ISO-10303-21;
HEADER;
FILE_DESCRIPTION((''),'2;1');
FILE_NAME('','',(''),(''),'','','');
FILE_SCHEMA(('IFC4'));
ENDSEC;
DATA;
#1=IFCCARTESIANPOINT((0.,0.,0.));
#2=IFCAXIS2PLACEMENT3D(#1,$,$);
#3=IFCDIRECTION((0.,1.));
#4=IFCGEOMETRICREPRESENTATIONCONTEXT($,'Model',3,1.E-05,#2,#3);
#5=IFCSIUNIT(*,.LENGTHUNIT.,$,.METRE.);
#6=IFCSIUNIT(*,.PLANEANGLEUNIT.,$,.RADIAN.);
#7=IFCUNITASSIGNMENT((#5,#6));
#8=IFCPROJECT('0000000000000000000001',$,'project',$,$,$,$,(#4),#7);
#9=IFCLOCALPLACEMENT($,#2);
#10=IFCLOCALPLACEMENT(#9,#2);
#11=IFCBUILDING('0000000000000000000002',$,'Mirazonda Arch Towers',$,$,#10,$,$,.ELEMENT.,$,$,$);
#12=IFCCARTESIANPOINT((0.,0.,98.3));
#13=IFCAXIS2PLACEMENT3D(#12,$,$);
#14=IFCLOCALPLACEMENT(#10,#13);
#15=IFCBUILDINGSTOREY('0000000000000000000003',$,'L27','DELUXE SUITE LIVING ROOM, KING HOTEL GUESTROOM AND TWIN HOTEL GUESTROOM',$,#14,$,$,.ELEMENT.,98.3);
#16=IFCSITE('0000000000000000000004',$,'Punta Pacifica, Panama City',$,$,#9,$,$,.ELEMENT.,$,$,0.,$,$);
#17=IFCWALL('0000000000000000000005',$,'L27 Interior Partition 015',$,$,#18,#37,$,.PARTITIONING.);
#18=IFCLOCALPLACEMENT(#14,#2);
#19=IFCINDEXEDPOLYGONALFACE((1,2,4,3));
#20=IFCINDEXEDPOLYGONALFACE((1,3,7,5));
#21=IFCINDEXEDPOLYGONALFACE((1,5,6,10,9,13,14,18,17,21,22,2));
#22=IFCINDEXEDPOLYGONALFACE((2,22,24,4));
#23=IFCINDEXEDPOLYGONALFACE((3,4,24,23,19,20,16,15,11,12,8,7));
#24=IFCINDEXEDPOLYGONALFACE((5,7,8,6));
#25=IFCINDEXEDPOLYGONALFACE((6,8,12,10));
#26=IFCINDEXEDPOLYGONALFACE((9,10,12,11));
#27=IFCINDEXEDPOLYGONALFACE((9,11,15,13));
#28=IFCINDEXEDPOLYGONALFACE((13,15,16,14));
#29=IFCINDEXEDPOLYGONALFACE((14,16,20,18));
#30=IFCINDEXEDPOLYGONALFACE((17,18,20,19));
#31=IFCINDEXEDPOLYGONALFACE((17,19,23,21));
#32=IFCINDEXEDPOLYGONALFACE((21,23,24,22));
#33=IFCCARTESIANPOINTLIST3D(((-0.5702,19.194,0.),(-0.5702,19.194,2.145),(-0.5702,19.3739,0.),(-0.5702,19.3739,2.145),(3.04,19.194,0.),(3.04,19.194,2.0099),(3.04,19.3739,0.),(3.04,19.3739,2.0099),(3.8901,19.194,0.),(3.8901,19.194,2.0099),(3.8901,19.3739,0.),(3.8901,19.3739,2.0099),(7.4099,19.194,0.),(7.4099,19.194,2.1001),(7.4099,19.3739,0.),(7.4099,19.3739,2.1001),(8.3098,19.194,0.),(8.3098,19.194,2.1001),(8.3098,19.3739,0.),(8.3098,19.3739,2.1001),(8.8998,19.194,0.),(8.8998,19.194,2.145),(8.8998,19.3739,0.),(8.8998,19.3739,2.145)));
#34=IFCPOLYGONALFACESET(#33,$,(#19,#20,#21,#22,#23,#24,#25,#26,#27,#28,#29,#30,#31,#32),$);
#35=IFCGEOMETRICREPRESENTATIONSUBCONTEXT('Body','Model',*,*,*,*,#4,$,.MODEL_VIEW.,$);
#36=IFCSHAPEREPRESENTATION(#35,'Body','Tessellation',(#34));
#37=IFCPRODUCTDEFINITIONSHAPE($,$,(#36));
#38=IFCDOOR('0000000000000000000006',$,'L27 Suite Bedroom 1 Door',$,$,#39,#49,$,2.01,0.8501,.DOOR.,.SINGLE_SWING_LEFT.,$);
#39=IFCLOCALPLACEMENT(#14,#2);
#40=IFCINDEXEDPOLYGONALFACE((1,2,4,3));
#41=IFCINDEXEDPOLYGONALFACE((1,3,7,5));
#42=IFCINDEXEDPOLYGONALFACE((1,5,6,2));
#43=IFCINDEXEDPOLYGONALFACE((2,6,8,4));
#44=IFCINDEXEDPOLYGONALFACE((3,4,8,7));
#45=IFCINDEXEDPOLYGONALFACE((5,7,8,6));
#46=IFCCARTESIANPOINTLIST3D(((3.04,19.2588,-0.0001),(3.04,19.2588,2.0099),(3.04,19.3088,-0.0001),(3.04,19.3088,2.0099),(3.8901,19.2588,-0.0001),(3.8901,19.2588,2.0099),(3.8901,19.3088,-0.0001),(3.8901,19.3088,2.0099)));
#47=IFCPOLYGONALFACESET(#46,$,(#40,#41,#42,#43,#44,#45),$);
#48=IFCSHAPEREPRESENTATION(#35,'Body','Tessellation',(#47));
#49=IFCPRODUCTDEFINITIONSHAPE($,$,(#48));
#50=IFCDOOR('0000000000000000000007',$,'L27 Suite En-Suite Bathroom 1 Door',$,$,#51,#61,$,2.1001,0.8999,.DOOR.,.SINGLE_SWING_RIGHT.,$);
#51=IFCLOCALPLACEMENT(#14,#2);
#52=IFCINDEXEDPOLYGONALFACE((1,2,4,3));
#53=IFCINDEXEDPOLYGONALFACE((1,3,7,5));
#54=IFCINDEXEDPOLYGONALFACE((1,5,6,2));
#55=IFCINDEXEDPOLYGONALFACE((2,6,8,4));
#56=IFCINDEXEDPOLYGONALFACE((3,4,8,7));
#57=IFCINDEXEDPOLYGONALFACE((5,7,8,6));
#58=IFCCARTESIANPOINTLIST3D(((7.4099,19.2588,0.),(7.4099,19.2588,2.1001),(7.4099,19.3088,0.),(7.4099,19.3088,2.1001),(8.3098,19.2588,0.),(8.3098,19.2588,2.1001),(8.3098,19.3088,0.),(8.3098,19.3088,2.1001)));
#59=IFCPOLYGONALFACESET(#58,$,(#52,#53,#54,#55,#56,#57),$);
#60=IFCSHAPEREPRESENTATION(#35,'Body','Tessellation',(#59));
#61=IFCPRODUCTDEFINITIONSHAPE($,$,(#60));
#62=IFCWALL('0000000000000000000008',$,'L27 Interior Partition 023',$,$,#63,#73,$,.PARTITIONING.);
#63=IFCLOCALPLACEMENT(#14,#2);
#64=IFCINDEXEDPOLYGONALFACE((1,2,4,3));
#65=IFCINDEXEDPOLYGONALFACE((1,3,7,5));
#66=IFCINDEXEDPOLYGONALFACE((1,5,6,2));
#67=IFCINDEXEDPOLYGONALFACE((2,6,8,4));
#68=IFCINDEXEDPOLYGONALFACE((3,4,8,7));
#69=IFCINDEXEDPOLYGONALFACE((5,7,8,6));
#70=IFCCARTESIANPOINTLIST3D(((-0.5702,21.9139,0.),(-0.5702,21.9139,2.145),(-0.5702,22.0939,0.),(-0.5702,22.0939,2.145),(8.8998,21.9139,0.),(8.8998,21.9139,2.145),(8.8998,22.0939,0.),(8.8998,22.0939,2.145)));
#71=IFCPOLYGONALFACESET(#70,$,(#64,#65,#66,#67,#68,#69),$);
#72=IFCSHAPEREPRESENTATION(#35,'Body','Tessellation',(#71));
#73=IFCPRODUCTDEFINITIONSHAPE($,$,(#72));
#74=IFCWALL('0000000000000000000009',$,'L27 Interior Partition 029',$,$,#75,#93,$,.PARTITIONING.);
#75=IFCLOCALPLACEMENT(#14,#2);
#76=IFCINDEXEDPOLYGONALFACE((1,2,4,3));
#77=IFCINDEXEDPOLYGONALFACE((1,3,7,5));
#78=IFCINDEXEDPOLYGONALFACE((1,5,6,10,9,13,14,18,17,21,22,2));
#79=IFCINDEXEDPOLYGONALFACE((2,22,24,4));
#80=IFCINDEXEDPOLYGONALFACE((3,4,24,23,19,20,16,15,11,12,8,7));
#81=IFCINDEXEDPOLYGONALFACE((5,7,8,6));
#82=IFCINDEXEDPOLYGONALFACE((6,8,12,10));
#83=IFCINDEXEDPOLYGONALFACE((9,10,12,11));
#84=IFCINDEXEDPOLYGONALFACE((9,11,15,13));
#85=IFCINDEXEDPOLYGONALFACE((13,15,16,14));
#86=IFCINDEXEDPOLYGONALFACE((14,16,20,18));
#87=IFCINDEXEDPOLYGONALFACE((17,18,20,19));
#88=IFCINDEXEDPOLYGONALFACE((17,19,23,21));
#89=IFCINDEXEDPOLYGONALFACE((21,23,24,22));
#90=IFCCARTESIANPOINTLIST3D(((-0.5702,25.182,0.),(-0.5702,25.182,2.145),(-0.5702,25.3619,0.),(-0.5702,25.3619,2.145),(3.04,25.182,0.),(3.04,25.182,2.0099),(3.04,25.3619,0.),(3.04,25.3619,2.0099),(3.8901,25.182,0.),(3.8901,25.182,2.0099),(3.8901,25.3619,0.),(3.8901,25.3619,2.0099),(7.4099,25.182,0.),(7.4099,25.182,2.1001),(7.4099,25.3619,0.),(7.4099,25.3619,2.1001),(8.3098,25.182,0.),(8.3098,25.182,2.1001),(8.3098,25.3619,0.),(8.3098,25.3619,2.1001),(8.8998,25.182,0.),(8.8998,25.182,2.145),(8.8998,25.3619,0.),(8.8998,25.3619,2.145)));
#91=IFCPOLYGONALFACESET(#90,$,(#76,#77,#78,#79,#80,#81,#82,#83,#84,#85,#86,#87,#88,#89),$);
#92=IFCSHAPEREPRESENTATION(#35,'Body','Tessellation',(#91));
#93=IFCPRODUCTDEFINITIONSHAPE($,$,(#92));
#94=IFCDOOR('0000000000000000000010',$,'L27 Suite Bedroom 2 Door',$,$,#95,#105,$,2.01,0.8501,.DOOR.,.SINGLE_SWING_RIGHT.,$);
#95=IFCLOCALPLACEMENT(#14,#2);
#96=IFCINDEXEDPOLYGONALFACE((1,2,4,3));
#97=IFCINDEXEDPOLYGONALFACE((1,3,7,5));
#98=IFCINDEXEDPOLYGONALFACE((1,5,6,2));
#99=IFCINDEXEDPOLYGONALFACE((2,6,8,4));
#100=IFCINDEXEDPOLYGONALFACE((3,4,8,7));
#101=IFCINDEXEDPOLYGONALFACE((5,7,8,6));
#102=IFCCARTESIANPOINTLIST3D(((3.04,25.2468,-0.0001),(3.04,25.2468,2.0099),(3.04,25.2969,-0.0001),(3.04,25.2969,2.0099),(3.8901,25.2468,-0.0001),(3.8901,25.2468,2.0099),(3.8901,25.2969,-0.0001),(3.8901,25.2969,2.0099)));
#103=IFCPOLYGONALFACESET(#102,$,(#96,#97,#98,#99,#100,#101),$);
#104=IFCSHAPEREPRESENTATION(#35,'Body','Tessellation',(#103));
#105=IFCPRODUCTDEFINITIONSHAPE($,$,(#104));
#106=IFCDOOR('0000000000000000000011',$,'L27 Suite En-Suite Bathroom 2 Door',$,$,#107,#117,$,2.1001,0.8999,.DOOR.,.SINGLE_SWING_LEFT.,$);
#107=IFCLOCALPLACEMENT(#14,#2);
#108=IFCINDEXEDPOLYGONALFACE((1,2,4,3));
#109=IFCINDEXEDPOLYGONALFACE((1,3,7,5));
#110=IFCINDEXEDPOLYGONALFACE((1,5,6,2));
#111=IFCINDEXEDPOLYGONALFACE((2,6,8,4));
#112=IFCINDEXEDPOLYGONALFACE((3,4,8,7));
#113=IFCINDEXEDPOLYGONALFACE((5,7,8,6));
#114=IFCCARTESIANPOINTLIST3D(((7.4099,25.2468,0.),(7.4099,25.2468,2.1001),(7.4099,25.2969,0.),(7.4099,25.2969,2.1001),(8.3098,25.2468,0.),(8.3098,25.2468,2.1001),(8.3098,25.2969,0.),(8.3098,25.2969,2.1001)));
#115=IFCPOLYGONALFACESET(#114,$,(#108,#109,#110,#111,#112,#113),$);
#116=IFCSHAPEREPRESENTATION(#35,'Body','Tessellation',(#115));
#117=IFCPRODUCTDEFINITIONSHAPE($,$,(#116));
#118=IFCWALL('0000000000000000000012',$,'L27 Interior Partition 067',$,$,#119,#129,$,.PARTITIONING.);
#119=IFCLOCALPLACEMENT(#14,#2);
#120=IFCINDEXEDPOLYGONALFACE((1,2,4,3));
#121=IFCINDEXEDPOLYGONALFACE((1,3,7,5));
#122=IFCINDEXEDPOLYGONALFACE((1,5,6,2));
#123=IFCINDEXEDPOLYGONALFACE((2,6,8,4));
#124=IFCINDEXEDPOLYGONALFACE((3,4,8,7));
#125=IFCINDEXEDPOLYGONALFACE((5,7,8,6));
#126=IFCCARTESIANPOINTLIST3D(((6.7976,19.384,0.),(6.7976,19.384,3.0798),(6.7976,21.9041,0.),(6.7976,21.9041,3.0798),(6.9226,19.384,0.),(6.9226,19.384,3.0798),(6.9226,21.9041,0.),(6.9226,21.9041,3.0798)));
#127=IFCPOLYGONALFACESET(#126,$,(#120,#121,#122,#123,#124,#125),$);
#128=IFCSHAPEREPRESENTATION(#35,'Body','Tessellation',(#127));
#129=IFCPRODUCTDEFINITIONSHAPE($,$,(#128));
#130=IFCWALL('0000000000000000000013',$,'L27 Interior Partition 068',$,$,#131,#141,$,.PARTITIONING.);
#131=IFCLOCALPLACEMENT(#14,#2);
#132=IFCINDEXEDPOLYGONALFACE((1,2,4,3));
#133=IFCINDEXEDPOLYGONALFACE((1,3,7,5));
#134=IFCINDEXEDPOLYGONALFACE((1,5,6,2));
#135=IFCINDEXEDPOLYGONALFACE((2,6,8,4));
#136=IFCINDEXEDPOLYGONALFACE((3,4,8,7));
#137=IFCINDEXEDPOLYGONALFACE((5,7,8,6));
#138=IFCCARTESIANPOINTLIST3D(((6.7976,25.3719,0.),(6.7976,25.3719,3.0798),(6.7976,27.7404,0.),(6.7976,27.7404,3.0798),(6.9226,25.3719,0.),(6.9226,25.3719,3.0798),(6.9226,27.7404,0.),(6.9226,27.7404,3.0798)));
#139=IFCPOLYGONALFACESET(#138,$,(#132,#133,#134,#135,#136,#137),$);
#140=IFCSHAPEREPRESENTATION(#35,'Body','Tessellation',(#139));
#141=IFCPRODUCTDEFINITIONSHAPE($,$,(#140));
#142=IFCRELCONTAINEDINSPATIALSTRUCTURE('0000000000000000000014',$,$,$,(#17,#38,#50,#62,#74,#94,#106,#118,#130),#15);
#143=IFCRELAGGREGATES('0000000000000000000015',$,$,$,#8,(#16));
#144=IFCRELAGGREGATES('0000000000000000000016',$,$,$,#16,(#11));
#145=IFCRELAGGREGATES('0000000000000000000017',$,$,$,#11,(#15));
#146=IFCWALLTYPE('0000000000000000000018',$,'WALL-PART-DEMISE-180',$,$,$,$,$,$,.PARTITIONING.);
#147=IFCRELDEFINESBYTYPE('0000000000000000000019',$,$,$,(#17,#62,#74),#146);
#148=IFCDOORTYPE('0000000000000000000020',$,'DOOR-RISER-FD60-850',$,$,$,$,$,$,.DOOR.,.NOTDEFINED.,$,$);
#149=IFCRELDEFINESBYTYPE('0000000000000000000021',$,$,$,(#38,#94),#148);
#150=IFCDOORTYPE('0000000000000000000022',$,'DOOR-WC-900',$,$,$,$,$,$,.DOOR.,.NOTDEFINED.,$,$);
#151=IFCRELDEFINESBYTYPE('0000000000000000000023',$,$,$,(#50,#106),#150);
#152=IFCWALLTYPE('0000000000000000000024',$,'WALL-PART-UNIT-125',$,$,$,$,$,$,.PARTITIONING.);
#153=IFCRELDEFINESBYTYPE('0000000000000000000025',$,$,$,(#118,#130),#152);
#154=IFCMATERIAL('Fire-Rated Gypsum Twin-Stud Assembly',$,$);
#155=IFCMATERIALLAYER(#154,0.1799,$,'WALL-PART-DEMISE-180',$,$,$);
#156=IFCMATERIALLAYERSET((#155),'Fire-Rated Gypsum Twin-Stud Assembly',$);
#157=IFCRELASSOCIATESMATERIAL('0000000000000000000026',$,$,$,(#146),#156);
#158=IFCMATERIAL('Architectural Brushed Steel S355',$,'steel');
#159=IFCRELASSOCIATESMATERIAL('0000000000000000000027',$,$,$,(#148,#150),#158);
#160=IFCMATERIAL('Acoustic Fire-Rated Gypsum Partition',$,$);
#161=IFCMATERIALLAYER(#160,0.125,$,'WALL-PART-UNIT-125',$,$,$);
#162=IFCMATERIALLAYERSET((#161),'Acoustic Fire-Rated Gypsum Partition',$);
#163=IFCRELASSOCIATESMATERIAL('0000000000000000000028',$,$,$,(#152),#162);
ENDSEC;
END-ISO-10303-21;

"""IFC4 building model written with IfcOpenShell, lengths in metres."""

from ifc_helpers import new_model, si_unit, direction, frame, frame_2d, origin, place, context, subcontext, project, spatial, rectangle, extrude, material, layer, layer_set, type_object, element, fill, save


model = new_model("IFC4")

# Units and contexts
model_context = context("Model", 3, precision=1e-05, world=origin(), true_north=direction((0.0, 1.0)))
body_context = subcontext(model_context, "Body", "Model", "MODEL_VIEW")
ifc_project = project(units=[si_unit("LENGTHUNIT", "METRE"), si_unit("PLANEANGLEUNIT", "RADIAN")], contexts=[model_context])

# Site, building, storey
site_placement = place(None, origin())
site = spatial("IfcSite", under=ifc_project, at=site_placement, Name="Punta Pacifica, Panama City", CompositionType="ELEMENT", RefElevation=0.0)
building_placement = place(site_placement, origin())
building = spatial("IfcBuilding", under=site, at=building_placement, Name="Mirazonda Arch Towers", CompositionType="ELEMENT")
storey_placement = place(building_placement, frame((0.0, 0.0, 98.3)))
storey = spatial("IfcBuildingStorey", under=building, at=storey_placement, Name="L27", Description="DELUXE SUITE LIVING ROOM, KING HOTEL GUESTROOM AND TWIN HOTEL GUESTROOM", CompositionType="ELEMENT", Elevation=98.3)

# Wall, openings, doors
ifc_material_1 = material(Name="Fire-Rated Gypsum Twin-Stud Assembly")
ifc_layer_1 = layer(ifc_material_1, 0.1799, Name="WALL-PART-DEMISE-180")
ifc_layer_set_1 = layer_set([ifc_layer_1], Name="Fire-Rated Gypsum Twin-Stud Assembly")
wall_type_1 = type_object("IfcWallType", Name="WALL-PART-DEMISE-180", PredefinedType="PARTITIONING", material=ifc_layer_set_1)
wall_1_placement = place(storey_placement, frame((-0.5701, 19.2839, 0.0), z_axis=(0.0, 0.0, 1.0), x_axis=(1.0, 0.0, 0.0)))
wall_1 = element("IfcWall", 1, at=wall_1_placement, inside=storey, type_object=wall_type_1, Name="L27 Interior Partition 015", PredefinedType="PARTITIONING", context=body_context, shape_type="SweptSolid", body=[
    extrude(rectangle(XDim=9.47, YDim=0.1799, at=frame_2d((4.7349, 0.0))), origin(), (0.0, 0.0, 1.0), 2.145),
])
opening_1_placement = place(wall_1_placement, frame((3.6101, 0.0, 0.0)))
opening_1 = element("IfcOpeningElement", 2, at=opening_1_placement, cuts=wall_1, PredefinedType="OPENING", context=body_context, shape_type="SweptSolid", body=[
    extrude(rectangle(XDim=0.8501, YDim=2.01, at=frame_2d((0.425, 1.0049))), frame((0.0, 0.0999, 0.0), z_axis=(0.0, -1.0, 0.0), x_axis=(1.0, 0.0, 0.0)), (0.0, 0.0, 1.0), 0.2),
])
opening_2_placement = place(wall_1_placement, frame((7.98, 0.0, 0.0)))
opening_2 = element("IfcOpeningElement", 3, at=opening_2_placement, cuts=wall_1, PredefinedType="OPENING", context=body_context, shape_type="SweptSolid", body=[
    extrude(rectangle(XDim=0.8999, YDim=2.1001, at=frame_2d((0.45, 1.05))), frame((0.0, 0.0999, 0.0), z_axis=(0.0, -1.0, 0.0), x_axis=(1.0, 0.0, 0.0)), (0.0, 0.0, 1.0), 0.2),
])
ifc_material_2 = material(Name="Architectural Brushed Steel S355", Category="steel")
door_type_1 = type_object("IfcDoorType", Name="DOOR-RISER-FD60-850", OperationType="NOTDEFINED", PredefinedType="DOOR", material=ifc_material_2)
door_1_placement = place(opening_1_placement, origin())
door_1 = element("IfcDoor", 4, at=door_1_placement, inside=storey, type_object=door_type_1, Name="L27 Suite Bedroom 1 Door", OperationType="SINGLE_SWING_LEFT", OverallHeight=2.01, OverallWidth=0.8501, PredefinedType="DOOR", context=body_context, shape_type="SweptSolid", body=[
    extrude(rectangle(XDim=0.8501, YDim=2.01, at=frame_2d((0.425, 1.0049))), frame((0.0, 0.0249, 0.0), z_axis=(0.0, -1.0, 0.0), x_axis=(1.0, 0.0, 0.0)), (0.0, 0.0, 1.0), 0.05),
])
fill(opening_1, door_1)
door_type_2 = type_object("IfcDoorType", Name="DOOR-WC-900", OperationType="NOTDEFINED", PredefinedType="DOOR", material=ifc_material_2)
door_2_placement = place(opening_2_placement, origin())
door_2 = element("IfcDoor", 5, at=door_2_placement, inside=storey, type_object=door_type_2, Name="L27 Suite En-Suite Bathroom 1 Door", OperationType="SINGLE_SWING_RIGHT", OverallHeight=2.1001, OverallWidth=0.8999, PredefinedType="DOOR", context=body_context, shape_type="SweptSolid", body=[
    extrude(rectangle(XDim=0.8999, YDim=2.1001, at=frame_2d((0.45, 1.05))), frame((0.0, 0.0249, 0.0), z_axis=(0.0, -1.0, 0.0), x_axis=(1.0, 0.0, 0.0)), (0.0, 0.0, 1.0), 0.05),
])
fill(opening_2, door_2)

# Wall
wall_2_placement = place(storey_placement, frame((-0.5701, 22.0039, 0.0), z_axis=(0.0, 0.0, 1.0), x_axis=(1.0, 0.0, 0.0)))
element("IfcWall", 6, at=wall_2_placement, inside=storey, type_object=wall_type_1, Name="L27 Interior Partition 023", PredefinedType="PARTITIONING", context=body_context, shape_type="SweptSolid", body=[
    extrude(rectangle(XDim=9.47, YDim=0.1799, at=frame_2d((4.7349, 0.0))), origin(), (0.0, 0.0, 1.0), 2.145),
])

# Wall, openings, doors
wall_3_placement = place(storey_placement, frame((-0.5701, 25.272, 0.0), z_axis=(0.0, 0.0, 1.0), x_axis=(1.0, 0.0, 0.0)))
wall_3 = element("IfcWall", 7, at=wall_3_placement, inside=storey, type_object=wall_type_1, Name="L27 Interior Partition 029", PredefinedType="PARTITIONING", context=body_context, shape_type="SweptSolid", body=[
    extrude(rectangle(XDim=9.47, YDim=0.1799, at=frame_2d((4.7349, 0.0))), origin(), (0.0, 0.0, 1.0), 2.145),
])
opening_3_placement = place(wall_3_placement, frame((3.6101, 0.0, 0.0)))
opening_3 = element("IfcOpeningElement", 8, at=opening_3_placement, cuts=wall_3, PredefinedType="OPENING", context=body_context, shape_type="SweptSolid", body=[
    extrude(rectangle(XDim=0.8501, YDim=2.01, at=frame_2d((0.425, 1.0049))), frame((0.0, 0.0999, 0.0), z_axis=(0.0, -1.0, 0.0), x_axis=(1.0, 0.0, 0.0)), (0.0, 0.0, 1.0), 0.2),
])
opening_4_placement = place(wall_3_placement, frame((7.98, 0.0, 0.0)))
opening_4 = element("IfcOpeningElement", 9, at=opening_4_placement, cuts=wall_3, PredefinedType="OPENING", context=body_context, shape_type="SweptSolid", body=[
    extrude(rectangle(XDim=0.8999, YDim=2.1001, at=frame_2d((0.45, 1.05))), frame((0.0, 0.0999, 0.0), z_axis=(0.0, -1.0, 0.0), x_axis=(1.0, 0.0, 0.0)), (0.0, 0.0, 1.0), 0.2),
])
door_3_placement = place(opening_3_placement, origin())
door_3 = element("IfcDoor", 10, at=door_3_placement, inside=storey, type_object=door_type_1, Name="L27 Suite Bedroom 2 Door", OperationType="SINGLE_SWING_RIGHT", OverallHeight=2.01, OverallWidth=0.8501, PredefinedType="DOOR", context=body_context, shape_type="SweptSolid", body=[
    extrude(rectangle(XDim=0.8501, YDim=2.01, at=frame_2d((0.425, 1.0049))), frame((0.0, 0.0249, 0.0), z_axis=(0.0, -1.0, 0.0), x_axis=(1.0, 0.0, 0.0)), (0.0, 0.0, 1.0), 0.05),
])
fill(opening_3, door_3)
door_4_placement = place(opening_4_placement, origin())
door_4 = element("IfcDoor", 11, at=door_4_placement, inside=storey, type_object=door_type_2, Name="L27 Suite En-Suite Bathroom 2 Door", OperationType="SINGLE_SWING_LEFT", OverallHeight=2.1001, OverallWidth=0.8999, PredefinedType="DOOR", context=body_context, shape_type="SweptSolid", body=[
    extrude(rectangle(XDim=0.8999, YDim=2.1001, at=frame_2d((0.45, 1.05))), frame((0.0, 0.0249, 0.0), z_axis=(0.0, -1.0, 0.0), x_axis=(1.0, 0.0, 0.0)), (0.0, 0.0, 1.0), 0.05),
])
fill(opening_4, door_4)

# Walls
ifc_material_3 = material(Name="Acoustic Fire-Rated Gypsum Partition")
ifc_layer_2 = layer(ifc_material_3, 0.125, Name="WALL-PART-UNIT-125")
ifc_layer_set_2 = layer_set([ifc_layer_2], Name="Acoustic Fire-Rated Gypsum Partition")
wall_type_2 = type_object("IfcWallType", Name="WALL-PART-UNIT-125", PredefinedType="PARTITIONING", material=ifc_layer_set_2)
wall_4_placement = place(storey_placement, frame((6.8601, 19.384, 0.0), z_axis=(0.0, 0.0, 1.0), x_axis=(0.0, 1.0, 0.0)))
element("IfcWall", 12, at=wall_4_placement, inside=storey, type_object=wall_type_2, Name="L27 Interior Partition 067", PredefinedType="PARTITIONING", context=body_context, shape_type="SweptSolid", body=[
    extrude(rectangle(XDim=2.52, YDim=0.125, at=frame_2d((1.26, 0.0))), origin(), (0.0, 0.0, 1.0), 3.0798),
])
wall_5_placement = place(storey_placement, frame((6.8601, 25.3721, 0.0), z_axis=(0.0, 0.0, 1.0), x_axis=(0.0, 1.0, 0.0)))
element("IfcWall", 13, at=wall_5_placement, inside=storey, type_object=wall_type_2, Name="L27 Interior Partition 068", PredefinedType="PARTITIONING", context=body_context, shape_type="SweptSolid", body=[
    extrude(rectangle(XDim=2.3684, YDim=0.125, at=frame_2d((1.1841, 0.0))), origin(), (0.0, 0.0, 1.0), 3.0798),
])

save(model, "model.ifc")
